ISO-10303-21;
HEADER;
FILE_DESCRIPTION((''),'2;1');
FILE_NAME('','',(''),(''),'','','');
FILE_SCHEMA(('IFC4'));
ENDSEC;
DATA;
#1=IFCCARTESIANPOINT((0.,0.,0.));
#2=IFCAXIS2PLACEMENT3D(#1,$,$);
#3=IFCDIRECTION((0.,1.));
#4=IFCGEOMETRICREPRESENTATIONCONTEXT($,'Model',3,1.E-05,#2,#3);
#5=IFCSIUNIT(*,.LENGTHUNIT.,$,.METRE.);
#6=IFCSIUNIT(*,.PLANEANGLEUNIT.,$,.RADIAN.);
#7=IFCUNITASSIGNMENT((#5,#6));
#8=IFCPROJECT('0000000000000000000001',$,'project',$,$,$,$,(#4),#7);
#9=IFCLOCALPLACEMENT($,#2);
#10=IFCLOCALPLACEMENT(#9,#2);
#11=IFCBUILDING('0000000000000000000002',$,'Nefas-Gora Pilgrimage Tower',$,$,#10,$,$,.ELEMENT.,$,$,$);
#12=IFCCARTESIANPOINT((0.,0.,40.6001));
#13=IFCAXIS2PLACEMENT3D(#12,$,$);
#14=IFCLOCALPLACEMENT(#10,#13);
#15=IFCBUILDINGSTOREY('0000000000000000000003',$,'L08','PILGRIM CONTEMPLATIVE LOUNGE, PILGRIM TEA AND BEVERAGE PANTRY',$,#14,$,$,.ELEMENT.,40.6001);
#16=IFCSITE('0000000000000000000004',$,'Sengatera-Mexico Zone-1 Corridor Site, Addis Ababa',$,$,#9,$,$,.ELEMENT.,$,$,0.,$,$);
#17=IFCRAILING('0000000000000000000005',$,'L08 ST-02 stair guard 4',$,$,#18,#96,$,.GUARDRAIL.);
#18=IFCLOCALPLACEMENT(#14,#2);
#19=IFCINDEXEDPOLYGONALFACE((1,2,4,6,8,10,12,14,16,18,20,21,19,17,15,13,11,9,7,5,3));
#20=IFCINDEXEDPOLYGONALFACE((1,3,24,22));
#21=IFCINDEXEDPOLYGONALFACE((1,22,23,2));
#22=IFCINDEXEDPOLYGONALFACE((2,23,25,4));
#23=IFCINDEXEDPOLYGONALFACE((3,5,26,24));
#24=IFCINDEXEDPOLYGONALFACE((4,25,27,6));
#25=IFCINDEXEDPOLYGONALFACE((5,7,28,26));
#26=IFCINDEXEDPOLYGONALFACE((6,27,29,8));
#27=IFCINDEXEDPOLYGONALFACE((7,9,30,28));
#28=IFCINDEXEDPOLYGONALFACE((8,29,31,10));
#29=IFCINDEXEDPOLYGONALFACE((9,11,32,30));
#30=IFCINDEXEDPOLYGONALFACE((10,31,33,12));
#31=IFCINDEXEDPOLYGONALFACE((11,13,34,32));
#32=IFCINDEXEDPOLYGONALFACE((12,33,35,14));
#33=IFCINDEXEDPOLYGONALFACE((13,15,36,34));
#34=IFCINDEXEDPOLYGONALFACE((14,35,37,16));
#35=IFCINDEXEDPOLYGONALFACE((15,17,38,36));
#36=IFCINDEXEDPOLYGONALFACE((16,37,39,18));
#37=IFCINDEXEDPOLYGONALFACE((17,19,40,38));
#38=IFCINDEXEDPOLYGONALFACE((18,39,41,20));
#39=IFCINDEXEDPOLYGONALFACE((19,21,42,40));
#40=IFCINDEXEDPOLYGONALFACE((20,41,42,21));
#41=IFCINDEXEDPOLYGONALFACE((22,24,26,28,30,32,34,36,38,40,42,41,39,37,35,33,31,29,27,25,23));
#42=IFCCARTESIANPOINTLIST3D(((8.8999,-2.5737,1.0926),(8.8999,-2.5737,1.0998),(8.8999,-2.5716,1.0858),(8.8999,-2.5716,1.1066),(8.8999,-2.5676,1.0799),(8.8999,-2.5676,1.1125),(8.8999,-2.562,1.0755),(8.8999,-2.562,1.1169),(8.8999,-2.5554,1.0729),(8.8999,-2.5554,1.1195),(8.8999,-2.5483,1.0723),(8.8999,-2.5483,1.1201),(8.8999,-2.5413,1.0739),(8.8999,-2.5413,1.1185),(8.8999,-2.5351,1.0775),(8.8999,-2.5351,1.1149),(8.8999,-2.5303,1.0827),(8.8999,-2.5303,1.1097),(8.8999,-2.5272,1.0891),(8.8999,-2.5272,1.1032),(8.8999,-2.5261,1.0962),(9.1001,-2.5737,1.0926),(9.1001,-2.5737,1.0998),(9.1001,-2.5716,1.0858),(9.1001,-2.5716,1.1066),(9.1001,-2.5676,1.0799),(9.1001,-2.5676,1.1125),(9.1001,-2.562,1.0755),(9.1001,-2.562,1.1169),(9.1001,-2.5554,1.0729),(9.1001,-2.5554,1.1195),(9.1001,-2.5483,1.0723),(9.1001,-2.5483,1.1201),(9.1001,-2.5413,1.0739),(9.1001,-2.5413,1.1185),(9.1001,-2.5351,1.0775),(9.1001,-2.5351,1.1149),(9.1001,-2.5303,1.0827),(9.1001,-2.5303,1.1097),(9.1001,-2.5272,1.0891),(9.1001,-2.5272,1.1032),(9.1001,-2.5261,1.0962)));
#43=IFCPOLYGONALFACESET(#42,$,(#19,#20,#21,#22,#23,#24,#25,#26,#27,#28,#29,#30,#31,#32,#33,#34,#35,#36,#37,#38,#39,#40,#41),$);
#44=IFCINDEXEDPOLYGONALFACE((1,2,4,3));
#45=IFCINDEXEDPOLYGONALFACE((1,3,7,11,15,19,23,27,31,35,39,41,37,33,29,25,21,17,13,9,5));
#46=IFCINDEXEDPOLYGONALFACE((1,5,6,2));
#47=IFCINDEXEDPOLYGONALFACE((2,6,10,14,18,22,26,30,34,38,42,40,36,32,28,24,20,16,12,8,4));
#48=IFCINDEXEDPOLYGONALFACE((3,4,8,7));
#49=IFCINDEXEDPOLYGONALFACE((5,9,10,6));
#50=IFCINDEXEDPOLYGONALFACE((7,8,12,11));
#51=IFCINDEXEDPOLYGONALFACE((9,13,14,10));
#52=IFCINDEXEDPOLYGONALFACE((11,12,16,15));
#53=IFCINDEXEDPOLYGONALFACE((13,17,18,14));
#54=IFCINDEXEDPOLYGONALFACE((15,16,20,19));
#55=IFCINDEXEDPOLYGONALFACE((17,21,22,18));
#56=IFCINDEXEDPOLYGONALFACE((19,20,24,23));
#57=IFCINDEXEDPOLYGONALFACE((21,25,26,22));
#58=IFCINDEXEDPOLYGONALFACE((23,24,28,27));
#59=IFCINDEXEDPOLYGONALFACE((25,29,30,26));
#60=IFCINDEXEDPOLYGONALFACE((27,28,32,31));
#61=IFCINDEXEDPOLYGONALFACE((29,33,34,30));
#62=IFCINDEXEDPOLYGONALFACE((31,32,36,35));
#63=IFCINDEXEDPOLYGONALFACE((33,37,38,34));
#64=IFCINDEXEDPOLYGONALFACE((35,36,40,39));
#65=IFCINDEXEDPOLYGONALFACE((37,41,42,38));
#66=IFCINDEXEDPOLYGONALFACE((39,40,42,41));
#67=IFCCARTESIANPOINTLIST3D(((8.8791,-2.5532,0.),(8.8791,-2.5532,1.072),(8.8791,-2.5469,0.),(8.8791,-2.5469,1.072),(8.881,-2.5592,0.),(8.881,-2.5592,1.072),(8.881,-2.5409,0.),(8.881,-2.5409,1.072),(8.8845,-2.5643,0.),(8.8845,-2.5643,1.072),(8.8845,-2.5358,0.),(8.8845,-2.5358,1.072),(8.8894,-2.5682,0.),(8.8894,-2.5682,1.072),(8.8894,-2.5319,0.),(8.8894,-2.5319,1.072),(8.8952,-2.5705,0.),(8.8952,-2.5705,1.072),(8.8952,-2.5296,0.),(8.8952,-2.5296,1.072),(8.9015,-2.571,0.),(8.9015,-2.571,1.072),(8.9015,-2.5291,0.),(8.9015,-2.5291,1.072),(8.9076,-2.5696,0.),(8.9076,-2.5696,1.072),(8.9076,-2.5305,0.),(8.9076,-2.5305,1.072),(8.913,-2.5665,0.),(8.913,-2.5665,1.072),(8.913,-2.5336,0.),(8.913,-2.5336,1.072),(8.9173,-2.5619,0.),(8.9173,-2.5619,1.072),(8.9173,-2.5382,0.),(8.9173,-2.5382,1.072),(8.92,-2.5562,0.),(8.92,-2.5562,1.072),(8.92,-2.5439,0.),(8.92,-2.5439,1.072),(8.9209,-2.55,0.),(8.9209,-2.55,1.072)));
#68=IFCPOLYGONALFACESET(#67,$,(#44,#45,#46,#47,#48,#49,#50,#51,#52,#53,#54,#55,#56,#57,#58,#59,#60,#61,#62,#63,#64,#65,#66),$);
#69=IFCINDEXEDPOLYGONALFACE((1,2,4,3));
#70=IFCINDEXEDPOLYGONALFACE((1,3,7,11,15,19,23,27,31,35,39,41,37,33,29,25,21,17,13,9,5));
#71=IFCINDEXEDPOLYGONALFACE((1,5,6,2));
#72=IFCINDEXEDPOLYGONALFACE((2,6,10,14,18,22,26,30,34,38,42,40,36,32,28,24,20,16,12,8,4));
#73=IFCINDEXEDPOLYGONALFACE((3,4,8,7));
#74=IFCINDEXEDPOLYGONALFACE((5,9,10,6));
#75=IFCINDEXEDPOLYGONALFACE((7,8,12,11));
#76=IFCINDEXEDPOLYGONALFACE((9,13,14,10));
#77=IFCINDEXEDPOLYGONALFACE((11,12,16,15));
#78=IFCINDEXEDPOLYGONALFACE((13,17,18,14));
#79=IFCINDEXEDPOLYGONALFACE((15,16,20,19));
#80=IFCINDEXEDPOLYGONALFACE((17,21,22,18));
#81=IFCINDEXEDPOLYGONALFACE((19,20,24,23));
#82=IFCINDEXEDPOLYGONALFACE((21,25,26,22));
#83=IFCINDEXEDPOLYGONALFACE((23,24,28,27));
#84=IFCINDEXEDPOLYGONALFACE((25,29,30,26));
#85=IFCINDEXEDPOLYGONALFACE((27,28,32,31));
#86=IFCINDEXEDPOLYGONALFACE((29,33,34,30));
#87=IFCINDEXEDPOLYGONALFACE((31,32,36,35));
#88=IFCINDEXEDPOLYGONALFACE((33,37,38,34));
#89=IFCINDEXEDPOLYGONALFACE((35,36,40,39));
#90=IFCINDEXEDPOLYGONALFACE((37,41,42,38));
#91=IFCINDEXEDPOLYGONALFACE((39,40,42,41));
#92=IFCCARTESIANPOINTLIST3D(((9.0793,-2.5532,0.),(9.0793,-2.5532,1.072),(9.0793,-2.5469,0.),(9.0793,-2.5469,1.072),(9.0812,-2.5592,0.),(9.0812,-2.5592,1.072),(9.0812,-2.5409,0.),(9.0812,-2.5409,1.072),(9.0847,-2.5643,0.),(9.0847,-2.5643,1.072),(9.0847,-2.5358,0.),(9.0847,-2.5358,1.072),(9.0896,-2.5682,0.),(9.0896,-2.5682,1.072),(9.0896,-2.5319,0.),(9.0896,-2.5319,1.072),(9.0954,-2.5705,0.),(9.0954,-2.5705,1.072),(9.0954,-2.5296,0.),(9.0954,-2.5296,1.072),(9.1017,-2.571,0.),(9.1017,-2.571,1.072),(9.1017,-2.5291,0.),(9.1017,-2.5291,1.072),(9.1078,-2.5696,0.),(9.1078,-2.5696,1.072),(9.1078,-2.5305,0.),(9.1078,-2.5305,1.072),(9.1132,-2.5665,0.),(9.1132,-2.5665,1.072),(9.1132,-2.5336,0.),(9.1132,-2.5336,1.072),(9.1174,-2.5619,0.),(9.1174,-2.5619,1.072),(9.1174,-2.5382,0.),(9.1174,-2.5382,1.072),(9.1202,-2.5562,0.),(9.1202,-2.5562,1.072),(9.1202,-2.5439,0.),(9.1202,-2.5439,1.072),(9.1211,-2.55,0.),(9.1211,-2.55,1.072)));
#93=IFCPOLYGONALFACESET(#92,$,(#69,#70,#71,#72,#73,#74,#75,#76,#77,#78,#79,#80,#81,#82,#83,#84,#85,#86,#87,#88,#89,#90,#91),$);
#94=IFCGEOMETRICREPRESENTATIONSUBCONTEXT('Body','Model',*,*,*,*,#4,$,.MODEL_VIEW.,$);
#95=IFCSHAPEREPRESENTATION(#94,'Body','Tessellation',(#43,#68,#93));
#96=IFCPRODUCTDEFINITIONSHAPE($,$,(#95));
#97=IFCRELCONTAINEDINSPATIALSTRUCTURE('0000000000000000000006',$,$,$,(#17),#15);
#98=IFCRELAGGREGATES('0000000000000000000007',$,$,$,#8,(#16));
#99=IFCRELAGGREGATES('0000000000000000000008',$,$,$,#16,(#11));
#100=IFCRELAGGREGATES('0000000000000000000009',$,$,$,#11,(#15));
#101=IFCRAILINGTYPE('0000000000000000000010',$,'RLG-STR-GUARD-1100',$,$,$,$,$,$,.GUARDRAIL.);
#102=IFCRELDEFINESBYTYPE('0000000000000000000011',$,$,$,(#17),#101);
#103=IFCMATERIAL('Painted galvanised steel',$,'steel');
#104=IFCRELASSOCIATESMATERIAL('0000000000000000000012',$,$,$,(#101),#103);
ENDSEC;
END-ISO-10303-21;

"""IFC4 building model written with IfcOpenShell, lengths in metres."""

from ifc_helpers import new_model, si_unit, direction, frame, origin, origin_2d, place, context, subcontext, project, spatial, circle, extrude, material, type_object, element, save


model = new_model("IFC4")

# Units and contexts
model_context = context("Model", 3, precision=1e-05, world=origin(), true_north=direction((0.0, 1.0)))
body_context = subcontext(model_context, "Body", "Model", "MODEL_VIEW")
ifc_project = project(units=[si_unit("LENGTHUNIT", "METRE"), si_unit("PLANEANGLEUNIT", "RADIAN")], contexts=[model_context])

# Site, building, storey
site_placement = place(None, origin())
site = spatial("IfcSite", under=ifc_project, at=site_placement, Name="Sengatera-Mexico Zone-1 Corridor Site, Addis Ababa", CompositionType="ELEMENT", RefElevation=0.0)
building_placement = place(site_placement, origin())
building = spatial("IfcBuilding", under=site, at=building_placement, Name="Nefas-Gora Pilgrimage Tower", CompositionType="ELEMENT")
storey_placement = place(building_placement, frame((0.0, 0.0, 40.6001)))
storey = spatial("IfcBuildingStorey", under=building, at=storey_placement, Name="L08", Description="PILGRIM CONTEMPLATIVE LOUNGE, PILGRIM TEA AND BEVERAGE PANTRY", CompositionType="ELEMENT", Elevation=40.6001)

# Railing
ifc_material_1 = material(Name="Painted galvanised steel", Category="steel")
railing_type_1 = type_object("IfcRailingType", Name="RLG-STR-GUARD-1100", PredefinedType="GUARDRAIL", material=ifc_material_1)
railing_1_placement = place(storey_placement, frame((8.8999, -2.55, 0.0)))
element("IfcRailing", 1, at=railing_1_placement, inside=storey, type_object=railing_type_1, Name="L08 ST-02 stair guard 4", PredefinedType="GUARDRAIL", context=body_context, shape_type="SweptSolid", body=[
    extrude(circle(Radius=0.0239, at=origin_2d()), frame((0.0, 0.0, 1.0962), z_axis=(1.0, 0.0, 0.0), x_axis=(0.0, 1.0, 0.0)), (0.0, 0.0, 1.0), 0.2002),
    extrude(circle(Radius=0.021, at=origin_2d()), origin(), (0.0, 0.0, 1.0), 1.072),
    extrude(circle(Radius=0.021, at=origin_2d()), frame((0.2002, 0.0, 0.0)), (0.0, 0.0, 1.0), 1.072),
])

save(model, "model.ifc")
